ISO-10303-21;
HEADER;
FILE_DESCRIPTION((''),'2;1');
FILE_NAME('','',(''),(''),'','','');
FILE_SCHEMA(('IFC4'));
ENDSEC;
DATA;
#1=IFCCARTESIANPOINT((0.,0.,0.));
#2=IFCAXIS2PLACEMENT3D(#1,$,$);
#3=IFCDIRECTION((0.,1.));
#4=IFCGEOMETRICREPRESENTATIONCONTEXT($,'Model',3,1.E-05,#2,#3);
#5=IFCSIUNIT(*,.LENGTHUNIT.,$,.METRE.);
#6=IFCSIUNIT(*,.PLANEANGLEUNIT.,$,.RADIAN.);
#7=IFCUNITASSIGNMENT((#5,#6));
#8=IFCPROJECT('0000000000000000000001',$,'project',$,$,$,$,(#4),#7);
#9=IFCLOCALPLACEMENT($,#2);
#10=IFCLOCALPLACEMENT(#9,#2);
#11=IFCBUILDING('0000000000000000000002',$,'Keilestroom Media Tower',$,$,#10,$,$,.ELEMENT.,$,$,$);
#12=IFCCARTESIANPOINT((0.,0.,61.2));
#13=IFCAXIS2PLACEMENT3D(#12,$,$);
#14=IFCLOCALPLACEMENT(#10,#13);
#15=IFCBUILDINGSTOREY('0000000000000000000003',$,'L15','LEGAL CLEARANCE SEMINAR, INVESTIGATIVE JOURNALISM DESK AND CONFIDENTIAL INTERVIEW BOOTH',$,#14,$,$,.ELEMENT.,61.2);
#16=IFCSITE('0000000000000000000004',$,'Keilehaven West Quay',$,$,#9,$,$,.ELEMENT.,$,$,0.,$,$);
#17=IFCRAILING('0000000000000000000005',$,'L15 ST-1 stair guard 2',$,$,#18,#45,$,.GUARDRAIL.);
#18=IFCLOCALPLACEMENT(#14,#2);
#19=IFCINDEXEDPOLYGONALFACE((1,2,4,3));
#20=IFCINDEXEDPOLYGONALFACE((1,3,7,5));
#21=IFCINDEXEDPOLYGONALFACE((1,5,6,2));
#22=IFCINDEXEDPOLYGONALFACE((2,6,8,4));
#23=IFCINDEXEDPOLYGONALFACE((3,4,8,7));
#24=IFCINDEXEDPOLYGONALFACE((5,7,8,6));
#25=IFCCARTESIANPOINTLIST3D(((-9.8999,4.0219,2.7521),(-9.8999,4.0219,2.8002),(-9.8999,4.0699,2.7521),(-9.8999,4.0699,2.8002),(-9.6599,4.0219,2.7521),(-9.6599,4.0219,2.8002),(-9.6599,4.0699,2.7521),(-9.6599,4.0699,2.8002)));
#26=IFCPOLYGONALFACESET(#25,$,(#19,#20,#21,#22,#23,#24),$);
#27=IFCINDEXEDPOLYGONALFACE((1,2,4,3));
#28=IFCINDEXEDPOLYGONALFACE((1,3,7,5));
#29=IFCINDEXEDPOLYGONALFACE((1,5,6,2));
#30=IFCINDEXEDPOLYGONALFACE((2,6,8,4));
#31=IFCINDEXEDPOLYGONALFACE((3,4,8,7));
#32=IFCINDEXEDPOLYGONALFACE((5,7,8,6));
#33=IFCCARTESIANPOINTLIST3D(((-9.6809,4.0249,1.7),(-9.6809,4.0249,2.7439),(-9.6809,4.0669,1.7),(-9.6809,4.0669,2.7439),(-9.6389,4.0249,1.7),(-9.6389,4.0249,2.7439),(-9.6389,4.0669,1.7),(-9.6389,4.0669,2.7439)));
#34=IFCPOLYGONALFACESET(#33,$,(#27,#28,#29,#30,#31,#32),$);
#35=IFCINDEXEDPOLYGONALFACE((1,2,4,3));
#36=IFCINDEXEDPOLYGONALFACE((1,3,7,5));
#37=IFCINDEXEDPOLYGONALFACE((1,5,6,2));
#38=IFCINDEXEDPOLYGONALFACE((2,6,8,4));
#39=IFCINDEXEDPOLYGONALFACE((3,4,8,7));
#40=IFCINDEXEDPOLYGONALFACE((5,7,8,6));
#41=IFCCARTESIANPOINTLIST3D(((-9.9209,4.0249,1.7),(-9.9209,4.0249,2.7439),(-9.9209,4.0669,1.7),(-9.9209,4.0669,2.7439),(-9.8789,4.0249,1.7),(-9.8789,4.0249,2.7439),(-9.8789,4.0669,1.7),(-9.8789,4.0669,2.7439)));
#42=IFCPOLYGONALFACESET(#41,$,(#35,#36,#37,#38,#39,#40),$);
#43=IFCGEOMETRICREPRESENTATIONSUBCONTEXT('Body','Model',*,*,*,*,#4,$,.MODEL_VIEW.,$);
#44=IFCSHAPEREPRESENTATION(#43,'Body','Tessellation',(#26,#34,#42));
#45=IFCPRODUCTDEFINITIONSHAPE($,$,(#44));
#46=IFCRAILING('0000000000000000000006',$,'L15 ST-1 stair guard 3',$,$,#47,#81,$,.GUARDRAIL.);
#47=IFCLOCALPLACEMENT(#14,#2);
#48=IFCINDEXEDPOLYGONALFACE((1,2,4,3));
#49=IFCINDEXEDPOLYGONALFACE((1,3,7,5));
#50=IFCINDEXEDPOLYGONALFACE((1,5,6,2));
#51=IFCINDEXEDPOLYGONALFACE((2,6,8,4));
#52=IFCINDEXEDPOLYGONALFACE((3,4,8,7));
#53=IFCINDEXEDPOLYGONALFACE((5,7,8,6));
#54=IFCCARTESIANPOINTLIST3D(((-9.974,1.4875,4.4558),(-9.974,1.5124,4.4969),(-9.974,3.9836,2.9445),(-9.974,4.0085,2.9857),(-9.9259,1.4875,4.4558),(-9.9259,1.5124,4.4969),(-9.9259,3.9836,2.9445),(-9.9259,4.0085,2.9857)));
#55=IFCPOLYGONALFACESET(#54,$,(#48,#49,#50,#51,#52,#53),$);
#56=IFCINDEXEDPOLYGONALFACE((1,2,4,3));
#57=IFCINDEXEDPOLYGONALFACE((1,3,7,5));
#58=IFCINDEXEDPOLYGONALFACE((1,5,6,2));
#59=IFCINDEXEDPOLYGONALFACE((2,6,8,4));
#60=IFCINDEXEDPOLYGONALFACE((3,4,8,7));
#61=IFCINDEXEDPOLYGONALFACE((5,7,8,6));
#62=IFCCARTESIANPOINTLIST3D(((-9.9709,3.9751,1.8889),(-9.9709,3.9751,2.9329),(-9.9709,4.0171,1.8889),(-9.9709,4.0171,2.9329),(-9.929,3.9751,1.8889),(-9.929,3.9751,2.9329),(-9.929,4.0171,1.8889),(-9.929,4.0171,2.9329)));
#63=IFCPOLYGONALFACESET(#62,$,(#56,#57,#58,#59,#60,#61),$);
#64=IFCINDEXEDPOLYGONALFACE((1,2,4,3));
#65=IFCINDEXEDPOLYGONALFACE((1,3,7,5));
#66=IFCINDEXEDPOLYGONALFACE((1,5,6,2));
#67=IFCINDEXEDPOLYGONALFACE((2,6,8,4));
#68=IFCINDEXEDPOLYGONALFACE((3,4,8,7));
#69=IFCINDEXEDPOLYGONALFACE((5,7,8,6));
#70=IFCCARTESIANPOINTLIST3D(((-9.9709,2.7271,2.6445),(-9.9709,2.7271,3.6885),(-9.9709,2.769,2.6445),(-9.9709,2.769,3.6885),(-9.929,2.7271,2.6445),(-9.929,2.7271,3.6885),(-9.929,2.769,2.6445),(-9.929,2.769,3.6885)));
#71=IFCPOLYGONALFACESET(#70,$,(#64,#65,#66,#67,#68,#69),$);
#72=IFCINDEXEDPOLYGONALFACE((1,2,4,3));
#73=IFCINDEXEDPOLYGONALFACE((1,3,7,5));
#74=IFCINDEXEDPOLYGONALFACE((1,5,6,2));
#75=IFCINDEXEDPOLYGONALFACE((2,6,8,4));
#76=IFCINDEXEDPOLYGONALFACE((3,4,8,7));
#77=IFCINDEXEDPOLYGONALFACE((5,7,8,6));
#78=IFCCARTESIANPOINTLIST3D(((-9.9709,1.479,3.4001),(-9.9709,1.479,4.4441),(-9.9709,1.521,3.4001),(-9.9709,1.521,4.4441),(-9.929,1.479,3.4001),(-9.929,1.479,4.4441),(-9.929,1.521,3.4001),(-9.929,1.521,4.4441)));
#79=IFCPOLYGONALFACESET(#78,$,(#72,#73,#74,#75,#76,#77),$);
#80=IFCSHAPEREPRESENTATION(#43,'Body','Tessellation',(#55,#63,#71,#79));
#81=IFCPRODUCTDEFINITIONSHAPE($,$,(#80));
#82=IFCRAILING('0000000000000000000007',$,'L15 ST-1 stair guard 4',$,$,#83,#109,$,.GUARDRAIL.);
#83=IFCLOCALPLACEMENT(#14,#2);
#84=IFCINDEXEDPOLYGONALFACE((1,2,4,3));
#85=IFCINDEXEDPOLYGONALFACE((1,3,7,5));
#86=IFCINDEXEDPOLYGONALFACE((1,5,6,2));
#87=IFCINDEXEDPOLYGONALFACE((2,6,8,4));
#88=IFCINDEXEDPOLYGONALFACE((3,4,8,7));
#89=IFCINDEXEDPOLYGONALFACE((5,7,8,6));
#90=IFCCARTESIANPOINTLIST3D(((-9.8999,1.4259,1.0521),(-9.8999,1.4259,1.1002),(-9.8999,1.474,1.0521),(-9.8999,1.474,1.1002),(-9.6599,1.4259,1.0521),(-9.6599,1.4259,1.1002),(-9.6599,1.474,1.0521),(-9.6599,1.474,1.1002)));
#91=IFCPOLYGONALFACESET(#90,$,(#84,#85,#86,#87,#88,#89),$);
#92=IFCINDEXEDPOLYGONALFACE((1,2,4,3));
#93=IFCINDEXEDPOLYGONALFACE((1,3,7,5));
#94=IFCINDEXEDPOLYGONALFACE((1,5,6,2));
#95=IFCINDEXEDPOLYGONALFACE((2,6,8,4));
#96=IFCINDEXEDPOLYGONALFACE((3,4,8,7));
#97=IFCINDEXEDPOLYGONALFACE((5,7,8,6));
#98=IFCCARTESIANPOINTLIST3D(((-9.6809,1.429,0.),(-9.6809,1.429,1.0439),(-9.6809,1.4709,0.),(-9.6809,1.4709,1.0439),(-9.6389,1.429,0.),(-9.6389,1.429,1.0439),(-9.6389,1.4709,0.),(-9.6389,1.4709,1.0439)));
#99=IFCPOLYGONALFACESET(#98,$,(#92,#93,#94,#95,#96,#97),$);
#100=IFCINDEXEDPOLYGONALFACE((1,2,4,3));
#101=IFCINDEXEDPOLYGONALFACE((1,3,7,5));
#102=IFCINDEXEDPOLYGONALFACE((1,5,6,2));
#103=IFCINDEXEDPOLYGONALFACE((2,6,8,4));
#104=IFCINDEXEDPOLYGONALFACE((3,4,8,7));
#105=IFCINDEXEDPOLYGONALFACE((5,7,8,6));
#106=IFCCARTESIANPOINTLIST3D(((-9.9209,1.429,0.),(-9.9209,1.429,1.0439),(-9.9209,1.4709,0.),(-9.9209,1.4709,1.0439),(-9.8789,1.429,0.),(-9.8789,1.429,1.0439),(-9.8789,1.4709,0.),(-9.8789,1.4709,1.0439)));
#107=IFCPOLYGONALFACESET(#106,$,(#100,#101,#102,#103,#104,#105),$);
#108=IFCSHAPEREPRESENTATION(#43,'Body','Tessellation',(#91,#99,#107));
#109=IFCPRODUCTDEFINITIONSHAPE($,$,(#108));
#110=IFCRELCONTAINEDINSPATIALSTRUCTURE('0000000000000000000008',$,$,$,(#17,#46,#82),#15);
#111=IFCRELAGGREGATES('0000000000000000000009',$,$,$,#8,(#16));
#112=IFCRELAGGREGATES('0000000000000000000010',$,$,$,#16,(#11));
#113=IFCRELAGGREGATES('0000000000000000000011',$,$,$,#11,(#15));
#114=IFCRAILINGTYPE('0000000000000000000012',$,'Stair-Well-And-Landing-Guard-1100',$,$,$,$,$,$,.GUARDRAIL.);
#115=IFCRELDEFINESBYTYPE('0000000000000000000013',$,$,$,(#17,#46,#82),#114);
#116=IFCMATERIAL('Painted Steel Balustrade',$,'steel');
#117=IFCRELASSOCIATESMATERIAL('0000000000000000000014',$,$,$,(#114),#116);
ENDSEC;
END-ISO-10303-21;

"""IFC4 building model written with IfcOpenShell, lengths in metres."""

from ifc_helpers import new_model, si_unit, direction, frame, origin, origin_2d, place, context, subcontext, project, spatial, rectangle, extrude, material, type_object, element, save


model = new_model("IFC4")

# Units and contexts
model_context = context("Model", 3, precision=1e-05, world=origin(), true_north=direction((0.0, 1.0)))
body_context = subcontext(model_context, "Body", "Model", "MODEL_VIEW")
ifc_project = project(units=[si_unit("LENGTHUNIT", "METRE"), si_unit("PLANEANGLEUNIT", "RADIAN")], contexts=[model_context])

# Site, building, storey
site_placement = place(None, origin())
site = spatial("IfcSite", under=ifc_project, at=site_placement, Name="Keilehaven West Quay", CompositionType="ELEMENT", RefElevation=0.0)
building_placement = place(site_placement, origin())
building = spatial("IfcBuilding", under=site, at=building_placement, Name="Keilestroom Media Tower", CompositionType="ELEMENT")
storey_placement = place(building_placement, frame((0.0, 0.0, 61.2)))
storey = spatial("IfcBuildingStorey", under=building, at=storey_placement, Name="L15", Description="LEGAL CLEARANCE SEMINAR, INVESTIGATIVE JOURNALISM DESK AND CONFIDENTIAL INTERVIEW BOOTH", CompositionType="ELEMENT", Elevation=61.2)

# Railings
ifc_material_1 = material(Name="Painted Steel Balustrade", Category="steel")
railing_type_1 = type_object("IfcRailingType", Name="Stair-Well-And-Landing-Guard-1100", PredefinedType="GUARDRAIL", material=ifc_material_1)
railing_1_placement = place(storey_placement, frame((-9.6599, 4.0459, 1.7)))
element("IfcRailing", 1, at=railing_1_placement, inside=storey, type_object=railing_type_1, Name="L15 ST-1 stair guard 2", PredefinedType="GUARDRAIL", context=body_context, shape_type="SweptSolid", body=[
    extrude(rectangle(XDim=0.0481, YDim=0.0481, at=origin_2d()), frame((0.0, 0.0, 1.0762), z_axis=(-1.0, 0.0, 0.0), x_axis=(0.0, -1.0, 0.0)), (0.0, 0.0, 1.0), 0.24),
    extrude(rectangle(XDim=0.042, YDim=0.042, at=origin_2d()), origin(), (0.0, 0.0, 1.0), 1.0439),
    extrude(rectangle(XDim=0.042, YDim=0.042, at=origin_2d()), frame((-0.24, 0.0, 0.0)), (0.0, 0.0, 1.0), 1.0439),
])
railing_2_placement = place(storey_placement, frame((-9.95, 3.9961, 1.8889)))
element("IfcRailing", 2, at=railing_2_placement, inside=storey, type_object=railing_type_1, Name="L15 ST-1 stair guard 3", PredefinedType="GUARDRAIL", context=body_context, shape_type="SweptSolid", body=[
    extrude(rectangle(XDim=0.0481, YDim=0.0481, at=origin_2d()), frame((0.0, 0.0, 1.0762), z_axis=(0.0, -0.855434, 0.517912), x_axis=(1.0, 0.0, 0.0)), (0.0, 0.0, 1.0), 2.918),
    extrude(rectangle(XDim=0.042, YDim=0.042, at=origin_2d()), origin(), (0.0, 0.0, 1.0), 1.0439),
    extrude(rectangle(XDim=0.042, YDim=0.042, at=origin_2d()), frame((0.0, -1.248, 0.7556)), (0.0, 0.0, 1.0), 1.0439),
    extrude(rectangle(XDim=0.042, YDim=0.042, at=origin_2d()), frame((0.0, -2.4961, 1.5112)), (0.0, 0.0, 1.0), 1.0439),
])
railing_3_placement = place(storey_placement, frame((-9.6599, 1.45, 0.0)))
element("IfcRailing", 3, at=railing_3_placement, inside=storey, type_object=railing_type_1, Name="L15 ST-1 stair guard 4", PredefinedType="GUARDRAIL", context=body_context, shape_type="SweptSolid", body=[
    extrude(rectangle(XDim=0.0481, YDim=0.0481, at=origin_2d()), frame((0.0, 0.0, 1.0762), z_axis=(-1.0, 0.0, 0.0), x_axis=(0.0, -1.0, 0.0)), (0.0, 0.0, 1.0), 0.24),
    extrude(rectangle(XDim=0.042, YDim=0.042, at=origin_2d()), origin(), (0.0, 0.0, 1.0), 1.0439),
    extrude(rectangle(XDim=0.042, YDim=0.042, at=origin_2d()), frame((-0.24, 0.0, 0.0)), (0.0, 0.0, 1.0), 1.0439),
])

save(model, "model.ifc")
